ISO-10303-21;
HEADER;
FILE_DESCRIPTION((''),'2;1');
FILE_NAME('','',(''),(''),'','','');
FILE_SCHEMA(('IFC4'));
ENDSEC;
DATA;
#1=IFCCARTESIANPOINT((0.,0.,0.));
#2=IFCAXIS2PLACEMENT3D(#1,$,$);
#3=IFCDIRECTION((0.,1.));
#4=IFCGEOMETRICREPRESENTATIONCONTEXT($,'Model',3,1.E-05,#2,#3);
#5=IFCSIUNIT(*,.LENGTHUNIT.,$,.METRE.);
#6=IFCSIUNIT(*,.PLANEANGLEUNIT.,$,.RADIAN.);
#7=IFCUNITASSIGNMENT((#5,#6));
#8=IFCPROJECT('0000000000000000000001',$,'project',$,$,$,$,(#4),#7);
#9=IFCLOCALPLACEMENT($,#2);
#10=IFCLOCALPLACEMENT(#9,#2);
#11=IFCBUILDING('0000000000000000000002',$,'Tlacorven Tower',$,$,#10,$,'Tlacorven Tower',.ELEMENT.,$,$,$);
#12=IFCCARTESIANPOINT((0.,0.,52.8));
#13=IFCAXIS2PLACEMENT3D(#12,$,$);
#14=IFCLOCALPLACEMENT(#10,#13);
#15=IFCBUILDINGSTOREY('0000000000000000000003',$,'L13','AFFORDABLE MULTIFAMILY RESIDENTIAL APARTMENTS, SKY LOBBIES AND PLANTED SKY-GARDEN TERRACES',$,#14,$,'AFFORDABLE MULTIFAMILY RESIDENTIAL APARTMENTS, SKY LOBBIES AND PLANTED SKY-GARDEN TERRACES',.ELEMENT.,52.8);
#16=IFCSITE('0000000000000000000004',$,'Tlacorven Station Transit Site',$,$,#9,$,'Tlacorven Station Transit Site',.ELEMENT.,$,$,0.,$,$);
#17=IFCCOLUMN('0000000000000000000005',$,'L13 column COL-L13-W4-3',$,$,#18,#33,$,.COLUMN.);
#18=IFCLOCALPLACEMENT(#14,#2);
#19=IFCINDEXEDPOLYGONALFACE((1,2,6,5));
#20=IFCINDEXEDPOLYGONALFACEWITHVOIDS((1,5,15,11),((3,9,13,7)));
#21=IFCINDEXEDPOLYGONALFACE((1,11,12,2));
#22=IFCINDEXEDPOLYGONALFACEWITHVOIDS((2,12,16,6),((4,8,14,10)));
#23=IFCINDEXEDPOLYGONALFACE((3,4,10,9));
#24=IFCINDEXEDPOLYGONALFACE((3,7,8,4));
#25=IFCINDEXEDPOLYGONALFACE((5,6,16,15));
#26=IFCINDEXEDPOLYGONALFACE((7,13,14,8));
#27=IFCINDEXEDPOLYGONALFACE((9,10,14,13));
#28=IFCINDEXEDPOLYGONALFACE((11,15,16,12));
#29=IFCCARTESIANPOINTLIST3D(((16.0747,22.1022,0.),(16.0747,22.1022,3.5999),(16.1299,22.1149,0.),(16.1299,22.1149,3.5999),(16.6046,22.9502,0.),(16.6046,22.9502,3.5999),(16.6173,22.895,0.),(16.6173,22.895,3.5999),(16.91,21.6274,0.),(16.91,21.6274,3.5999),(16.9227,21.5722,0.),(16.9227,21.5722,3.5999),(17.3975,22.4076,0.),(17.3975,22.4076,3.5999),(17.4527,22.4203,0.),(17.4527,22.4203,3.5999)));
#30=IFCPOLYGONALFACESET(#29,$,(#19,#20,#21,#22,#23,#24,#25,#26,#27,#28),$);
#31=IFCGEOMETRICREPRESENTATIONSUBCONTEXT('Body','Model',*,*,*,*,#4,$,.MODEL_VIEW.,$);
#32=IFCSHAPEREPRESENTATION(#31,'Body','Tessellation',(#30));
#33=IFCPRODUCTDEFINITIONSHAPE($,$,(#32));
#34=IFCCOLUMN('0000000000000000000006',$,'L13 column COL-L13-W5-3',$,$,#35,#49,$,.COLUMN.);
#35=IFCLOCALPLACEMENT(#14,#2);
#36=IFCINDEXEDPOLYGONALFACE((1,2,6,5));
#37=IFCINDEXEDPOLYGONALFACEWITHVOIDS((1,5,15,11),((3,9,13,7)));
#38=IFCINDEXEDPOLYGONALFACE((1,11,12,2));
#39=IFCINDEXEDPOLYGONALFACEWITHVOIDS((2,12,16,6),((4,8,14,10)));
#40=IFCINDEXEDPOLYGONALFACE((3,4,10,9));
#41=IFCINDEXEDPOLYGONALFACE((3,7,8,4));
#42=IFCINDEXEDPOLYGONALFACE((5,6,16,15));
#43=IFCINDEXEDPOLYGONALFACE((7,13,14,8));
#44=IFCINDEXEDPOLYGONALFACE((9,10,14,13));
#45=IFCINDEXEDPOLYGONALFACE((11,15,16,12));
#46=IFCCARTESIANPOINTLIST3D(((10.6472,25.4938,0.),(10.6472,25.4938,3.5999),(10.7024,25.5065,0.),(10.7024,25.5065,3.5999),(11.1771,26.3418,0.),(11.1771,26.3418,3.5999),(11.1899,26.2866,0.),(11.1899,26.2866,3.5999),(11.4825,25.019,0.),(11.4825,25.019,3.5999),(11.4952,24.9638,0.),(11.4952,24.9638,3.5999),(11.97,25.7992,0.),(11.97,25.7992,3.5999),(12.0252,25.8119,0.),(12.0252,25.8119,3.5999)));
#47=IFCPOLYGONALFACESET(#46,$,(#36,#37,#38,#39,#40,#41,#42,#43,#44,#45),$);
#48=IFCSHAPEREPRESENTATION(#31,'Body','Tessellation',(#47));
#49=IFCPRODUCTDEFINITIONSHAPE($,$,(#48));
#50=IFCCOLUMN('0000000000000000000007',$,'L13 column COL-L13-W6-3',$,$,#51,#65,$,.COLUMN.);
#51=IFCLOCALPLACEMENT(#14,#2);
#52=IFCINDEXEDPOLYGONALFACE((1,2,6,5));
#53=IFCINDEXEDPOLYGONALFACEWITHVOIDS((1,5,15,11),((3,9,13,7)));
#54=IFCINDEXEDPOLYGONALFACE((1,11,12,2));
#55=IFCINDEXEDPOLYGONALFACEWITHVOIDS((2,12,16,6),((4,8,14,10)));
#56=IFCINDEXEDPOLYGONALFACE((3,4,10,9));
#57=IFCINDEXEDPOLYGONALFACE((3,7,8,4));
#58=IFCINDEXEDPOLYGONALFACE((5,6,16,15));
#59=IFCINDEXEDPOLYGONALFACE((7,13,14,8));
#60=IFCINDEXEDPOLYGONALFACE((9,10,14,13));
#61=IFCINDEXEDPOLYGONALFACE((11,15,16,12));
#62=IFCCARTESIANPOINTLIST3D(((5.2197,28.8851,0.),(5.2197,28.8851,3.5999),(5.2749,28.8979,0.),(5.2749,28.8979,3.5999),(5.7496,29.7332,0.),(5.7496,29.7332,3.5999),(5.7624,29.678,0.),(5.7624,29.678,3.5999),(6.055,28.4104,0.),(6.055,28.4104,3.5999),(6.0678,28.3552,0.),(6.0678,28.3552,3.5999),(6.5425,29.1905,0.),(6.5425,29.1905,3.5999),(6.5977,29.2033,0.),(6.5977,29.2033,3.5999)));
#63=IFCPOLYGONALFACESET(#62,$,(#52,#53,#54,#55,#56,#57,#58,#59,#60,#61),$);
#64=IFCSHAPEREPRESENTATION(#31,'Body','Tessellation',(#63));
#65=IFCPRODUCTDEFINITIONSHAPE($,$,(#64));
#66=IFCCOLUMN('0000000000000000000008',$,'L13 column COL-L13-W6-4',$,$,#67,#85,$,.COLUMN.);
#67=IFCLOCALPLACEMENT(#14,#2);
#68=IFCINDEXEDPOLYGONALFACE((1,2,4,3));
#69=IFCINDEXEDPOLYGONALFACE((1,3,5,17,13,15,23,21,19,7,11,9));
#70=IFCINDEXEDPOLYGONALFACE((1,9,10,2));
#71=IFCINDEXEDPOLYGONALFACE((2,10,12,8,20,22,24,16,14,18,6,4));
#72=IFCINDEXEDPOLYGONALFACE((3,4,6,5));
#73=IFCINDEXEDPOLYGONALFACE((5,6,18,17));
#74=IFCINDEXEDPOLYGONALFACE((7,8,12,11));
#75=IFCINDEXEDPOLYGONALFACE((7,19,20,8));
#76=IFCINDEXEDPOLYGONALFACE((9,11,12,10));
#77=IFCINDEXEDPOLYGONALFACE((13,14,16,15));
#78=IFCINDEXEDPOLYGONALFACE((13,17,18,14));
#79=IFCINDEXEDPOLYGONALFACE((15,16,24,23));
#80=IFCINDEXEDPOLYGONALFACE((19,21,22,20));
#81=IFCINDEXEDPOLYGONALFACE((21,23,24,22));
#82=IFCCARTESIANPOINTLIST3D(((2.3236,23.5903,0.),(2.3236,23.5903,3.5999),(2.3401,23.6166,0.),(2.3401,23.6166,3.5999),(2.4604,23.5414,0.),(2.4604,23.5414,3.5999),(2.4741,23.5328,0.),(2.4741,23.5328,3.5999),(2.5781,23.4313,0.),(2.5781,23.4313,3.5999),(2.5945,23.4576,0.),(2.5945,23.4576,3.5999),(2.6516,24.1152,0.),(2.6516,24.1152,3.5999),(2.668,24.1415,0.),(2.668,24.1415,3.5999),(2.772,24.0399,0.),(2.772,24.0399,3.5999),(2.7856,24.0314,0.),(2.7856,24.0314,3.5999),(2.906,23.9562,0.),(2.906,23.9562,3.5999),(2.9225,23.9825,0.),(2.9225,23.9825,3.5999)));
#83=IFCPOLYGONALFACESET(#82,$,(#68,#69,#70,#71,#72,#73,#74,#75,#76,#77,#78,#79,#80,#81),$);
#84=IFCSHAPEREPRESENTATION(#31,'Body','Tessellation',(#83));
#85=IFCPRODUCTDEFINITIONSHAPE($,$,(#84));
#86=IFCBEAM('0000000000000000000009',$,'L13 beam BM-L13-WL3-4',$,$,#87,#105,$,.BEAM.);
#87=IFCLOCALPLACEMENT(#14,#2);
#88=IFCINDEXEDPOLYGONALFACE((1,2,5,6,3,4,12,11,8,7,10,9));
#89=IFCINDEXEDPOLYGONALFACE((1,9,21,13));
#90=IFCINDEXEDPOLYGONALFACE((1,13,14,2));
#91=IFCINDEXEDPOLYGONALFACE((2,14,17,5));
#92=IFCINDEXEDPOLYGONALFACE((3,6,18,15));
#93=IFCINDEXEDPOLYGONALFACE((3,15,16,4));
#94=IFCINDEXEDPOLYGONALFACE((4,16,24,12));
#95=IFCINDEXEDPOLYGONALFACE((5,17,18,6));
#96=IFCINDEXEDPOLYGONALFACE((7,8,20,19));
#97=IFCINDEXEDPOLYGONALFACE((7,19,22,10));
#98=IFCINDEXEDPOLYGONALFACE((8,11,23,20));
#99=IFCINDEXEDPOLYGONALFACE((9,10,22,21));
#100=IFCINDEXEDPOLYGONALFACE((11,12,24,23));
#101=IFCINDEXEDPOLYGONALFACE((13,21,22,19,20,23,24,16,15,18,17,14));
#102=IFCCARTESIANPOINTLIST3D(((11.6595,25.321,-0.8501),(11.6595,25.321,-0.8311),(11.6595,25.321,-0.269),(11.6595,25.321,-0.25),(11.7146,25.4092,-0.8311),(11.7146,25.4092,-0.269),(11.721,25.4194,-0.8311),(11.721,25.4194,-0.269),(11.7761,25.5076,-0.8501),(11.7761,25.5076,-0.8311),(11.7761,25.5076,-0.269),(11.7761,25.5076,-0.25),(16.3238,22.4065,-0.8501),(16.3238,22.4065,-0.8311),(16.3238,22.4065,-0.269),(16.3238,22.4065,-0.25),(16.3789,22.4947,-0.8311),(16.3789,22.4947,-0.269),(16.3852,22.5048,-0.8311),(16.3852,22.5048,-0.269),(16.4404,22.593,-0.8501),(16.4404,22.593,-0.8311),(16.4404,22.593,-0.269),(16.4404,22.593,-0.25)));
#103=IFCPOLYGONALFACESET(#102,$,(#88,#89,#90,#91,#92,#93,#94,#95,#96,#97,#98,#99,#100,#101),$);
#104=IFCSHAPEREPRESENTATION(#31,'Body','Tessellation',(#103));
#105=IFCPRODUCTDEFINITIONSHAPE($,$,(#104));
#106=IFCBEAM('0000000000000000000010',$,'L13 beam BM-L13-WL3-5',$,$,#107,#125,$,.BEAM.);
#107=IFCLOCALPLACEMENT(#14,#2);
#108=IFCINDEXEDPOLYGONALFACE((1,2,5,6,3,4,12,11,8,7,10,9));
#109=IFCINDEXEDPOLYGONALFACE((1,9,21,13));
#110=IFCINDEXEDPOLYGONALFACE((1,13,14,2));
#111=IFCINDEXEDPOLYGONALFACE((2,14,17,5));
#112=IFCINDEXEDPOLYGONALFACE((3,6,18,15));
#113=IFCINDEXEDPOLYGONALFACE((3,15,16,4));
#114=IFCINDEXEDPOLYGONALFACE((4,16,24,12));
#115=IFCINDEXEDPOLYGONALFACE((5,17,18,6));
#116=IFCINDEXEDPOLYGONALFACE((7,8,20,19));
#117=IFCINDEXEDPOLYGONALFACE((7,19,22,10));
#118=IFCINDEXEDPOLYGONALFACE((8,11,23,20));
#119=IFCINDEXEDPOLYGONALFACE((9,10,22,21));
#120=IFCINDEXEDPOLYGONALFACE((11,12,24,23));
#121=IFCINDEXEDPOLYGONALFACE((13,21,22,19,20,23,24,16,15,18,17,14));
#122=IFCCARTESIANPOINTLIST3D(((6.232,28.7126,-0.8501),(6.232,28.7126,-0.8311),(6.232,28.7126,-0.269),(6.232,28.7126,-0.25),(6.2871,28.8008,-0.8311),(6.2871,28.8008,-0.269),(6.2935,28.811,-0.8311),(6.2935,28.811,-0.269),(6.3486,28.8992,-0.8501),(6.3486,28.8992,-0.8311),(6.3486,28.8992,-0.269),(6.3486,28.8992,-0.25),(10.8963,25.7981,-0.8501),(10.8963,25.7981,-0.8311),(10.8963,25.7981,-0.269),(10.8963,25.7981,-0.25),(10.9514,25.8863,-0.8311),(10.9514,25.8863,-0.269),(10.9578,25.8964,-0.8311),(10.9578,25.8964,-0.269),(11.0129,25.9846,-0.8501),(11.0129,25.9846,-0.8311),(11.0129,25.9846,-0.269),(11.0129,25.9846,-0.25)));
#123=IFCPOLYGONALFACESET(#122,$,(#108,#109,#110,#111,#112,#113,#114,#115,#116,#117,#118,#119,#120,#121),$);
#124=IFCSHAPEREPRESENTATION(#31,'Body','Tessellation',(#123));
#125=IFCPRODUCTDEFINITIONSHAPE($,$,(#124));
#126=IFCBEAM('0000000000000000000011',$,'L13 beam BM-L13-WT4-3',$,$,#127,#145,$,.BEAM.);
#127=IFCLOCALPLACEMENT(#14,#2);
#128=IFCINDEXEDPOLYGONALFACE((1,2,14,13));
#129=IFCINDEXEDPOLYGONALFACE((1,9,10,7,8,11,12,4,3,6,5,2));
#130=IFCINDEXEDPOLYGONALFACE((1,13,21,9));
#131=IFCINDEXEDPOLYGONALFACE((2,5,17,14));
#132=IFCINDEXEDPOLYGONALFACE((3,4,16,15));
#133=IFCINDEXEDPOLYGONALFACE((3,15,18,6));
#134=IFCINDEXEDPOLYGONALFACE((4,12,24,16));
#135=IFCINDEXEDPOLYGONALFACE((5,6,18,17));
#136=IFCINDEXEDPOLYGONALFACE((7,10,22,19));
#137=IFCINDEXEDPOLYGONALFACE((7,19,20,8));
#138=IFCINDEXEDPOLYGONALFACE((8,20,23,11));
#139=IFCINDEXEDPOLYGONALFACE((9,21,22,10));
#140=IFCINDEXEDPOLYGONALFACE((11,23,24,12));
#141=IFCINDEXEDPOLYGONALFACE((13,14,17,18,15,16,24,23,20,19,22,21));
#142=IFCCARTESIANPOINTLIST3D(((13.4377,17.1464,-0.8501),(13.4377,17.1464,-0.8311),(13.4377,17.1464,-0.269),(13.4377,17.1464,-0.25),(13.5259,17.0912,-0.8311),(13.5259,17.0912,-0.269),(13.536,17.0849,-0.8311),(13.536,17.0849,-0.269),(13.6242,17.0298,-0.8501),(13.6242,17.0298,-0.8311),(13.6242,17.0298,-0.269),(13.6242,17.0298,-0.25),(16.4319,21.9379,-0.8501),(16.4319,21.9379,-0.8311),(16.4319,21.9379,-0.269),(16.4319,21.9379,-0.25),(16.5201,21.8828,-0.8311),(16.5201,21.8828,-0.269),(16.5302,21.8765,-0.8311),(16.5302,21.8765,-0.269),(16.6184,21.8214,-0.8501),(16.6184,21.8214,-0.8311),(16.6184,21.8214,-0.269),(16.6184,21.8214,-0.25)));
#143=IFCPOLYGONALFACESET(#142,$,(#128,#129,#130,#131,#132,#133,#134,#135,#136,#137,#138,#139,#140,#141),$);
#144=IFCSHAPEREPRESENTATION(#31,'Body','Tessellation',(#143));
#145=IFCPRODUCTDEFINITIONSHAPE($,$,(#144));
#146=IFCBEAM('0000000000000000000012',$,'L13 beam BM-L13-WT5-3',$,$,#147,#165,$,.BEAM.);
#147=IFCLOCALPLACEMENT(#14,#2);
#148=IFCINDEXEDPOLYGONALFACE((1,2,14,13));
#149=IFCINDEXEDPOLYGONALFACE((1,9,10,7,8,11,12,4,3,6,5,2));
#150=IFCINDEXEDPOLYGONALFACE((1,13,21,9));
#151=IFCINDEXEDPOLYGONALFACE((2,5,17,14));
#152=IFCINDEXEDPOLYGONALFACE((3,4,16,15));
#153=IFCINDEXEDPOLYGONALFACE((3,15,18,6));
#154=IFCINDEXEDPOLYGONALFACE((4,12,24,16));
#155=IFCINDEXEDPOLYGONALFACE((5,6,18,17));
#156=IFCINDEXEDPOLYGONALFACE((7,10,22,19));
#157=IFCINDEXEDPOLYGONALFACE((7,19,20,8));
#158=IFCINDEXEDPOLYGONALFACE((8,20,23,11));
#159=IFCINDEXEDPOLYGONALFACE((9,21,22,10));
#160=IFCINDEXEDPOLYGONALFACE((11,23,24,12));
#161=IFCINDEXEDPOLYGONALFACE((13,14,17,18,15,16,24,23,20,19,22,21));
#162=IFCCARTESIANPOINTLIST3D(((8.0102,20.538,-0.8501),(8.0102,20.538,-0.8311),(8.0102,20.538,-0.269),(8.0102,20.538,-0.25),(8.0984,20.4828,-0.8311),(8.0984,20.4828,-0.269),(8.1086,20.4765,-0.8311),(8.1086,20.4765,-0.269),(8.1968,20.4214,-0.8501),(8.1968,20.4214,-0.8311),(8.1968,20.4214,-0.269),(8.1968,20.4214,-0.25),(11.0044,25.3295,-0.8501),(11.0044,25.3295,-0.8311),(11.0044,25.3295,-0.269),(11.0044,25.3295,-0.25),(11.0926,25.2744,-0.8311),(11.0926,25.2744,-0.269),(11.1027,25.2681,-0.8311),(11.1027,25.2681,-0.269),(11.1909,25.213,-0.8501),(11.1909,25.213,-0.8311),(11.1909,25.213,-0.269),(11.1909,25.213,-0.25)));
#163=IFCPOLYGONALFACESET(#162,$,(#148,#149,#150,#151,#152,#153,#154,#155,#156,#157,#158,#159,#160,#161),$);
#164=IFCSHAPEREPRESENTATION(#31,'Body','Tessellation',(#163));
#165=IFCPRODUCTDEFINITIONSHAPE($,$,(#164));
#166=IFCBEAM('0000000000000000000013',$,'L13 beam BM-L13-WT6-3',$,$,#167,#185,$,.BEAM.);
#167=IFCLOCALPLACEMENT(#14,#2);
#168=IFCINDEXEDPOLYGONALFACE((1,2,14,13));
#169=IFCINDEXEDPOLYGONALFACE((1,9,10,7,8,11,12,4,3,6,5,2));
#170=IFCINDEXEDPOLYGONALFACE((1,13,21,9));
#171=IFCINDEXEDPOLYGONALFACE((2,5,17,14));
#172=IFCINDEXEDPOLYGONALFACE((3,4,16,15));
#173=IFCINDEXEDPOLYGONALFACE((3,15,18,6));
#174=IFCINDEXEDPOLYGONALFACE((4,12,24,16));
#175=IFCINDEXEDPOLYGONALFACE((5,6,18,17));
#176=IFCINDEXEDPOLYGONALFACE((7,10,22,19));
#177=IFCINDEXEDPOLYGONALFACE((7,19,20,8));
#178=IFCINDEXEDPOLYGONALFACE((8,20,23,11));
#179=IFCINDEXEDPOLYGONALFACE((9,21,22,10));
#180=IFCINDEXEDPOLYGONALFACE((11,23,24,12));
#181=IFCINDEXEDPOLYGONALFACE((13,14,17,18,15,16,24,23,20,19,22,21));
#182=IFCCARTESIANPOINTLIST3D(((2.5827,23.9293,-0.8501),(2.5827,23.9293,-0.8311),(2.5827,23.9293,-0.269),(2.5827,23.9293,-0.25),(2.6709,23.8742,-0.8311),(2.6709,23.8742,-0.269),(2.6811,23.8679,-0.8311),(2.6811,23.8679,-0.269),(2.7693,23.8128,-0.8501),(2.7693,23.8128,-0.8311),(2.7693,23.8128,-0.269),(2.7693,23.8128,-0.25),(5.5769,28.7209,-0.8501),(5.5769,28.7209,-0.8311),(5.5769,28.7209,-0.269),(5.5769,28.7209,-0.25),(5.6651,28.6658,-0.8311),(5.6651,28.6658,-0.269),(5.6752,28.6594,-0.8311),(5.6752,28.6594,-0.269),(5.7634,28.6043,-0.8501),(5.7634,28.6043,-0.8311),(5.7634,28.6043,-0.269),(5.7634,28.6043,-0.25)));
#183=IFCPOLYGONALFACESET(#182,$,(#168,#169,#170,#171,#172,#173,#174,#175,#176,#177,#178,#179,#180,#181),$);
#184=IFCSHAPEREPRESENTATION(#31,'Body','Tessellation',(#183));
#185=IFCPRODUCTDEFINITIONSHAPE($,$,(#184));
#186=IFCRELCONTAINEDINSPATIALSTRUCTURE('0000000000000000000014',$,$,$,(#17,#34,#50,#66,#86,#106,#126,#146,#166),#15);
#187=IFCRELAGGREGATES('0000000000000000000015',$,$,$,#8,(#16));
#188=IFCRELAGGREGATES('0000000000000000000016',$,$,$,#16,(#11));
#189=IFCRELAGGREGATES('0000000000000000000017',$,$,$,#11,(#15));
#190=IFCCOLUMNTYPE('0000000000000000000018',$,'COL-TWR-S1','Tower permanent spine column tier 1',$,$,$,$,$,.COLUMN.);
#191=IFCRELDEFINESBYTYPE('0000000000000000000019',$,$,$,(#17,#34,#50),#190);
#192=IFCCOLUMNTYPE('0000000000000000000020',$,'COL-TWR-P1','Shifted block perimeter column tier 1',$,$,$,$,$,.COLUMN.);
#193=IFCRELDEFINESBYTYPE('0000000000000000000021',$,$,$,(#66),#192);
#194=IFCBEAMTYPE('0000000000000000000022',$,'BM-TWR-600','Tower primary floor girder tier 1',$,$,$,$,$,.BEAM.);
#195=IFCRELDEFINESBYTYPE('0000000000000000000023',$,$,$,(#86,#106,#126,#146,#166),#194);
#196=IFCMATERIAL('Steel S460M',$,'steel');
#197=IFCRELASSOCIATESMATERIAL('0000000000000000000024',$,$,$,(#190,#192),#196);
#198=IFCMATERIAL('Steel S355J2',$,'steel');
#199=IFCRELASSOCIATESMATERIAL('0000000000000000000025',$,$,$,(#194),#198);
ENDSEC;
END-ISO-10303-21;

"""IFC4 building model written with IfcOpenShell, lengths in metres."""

from ifc_helpers import new_model, si_unit, direction, frame, origin, origin_2d, place, context, subcontext, project, spatial, hollow_rectangle, i_section, extrude, source, transform, mapped, material, material_profile, profile_set, type_object, element, save


model = new_model("IFC4")

# Units and contexts
model_context = context("Model", 3, precision=1e-05, world=origin(), true_north=direction((0.0, 1.0)))
body_context = subcontext(model_context, "Body", "Model", "MODEL_VIEW")
ifc_project = project(units=[si_unit("LENGTHUNIT", "METRE"), si_unit("PLANEANGLEUNIT", "RADIAN")], contexts=[model_context])

# Site, building, storey
site_placement = place(None, origin())
site = spatial("IfcSite", under=ifc_project, at=site_placement, Name="Tlacorven Station Transit Site", LongName="Tlacorven Station Transit Site", CompositionType="ELEMENT", RefElevation=0.0)
building_placement = place(site_placement, origin())
building = spatial("IfcBuilding", under=site, at=building_placement, Name="Tlacorven Tower", LongName="Tlacorven Tower", CompositionType="ELEMENT")
storey_placement = place(building_placement, frame((0.0, 0.0, 52.8)))
storey = spatial("IfcBuildingStorey", under=building, at=storey_placement, Name="L13", Description="AFFORDABLE MULTIFAMILY RESIDENTIAL APARTMENTS, SKY LOBBIES AND PLANTED SKY-GARDEN TERRACES", LongName="AFFORDABLE MULTIFAMILY RESIDENTIAL APARTMENTS, SKY LOBBIES AND PLANTED SKY-GARDEN TERRACES", CompositionType="ELEMENT", Elevation=52.8)

# Columns
ifc_material_1 = material(Name="Steel S460M", Category="steel")
ifc_material_profile_1 = material_profile(ifc_material_1, hollow_rectangle(XDim=1.0, YDim=1.0, WallThickness=0.04, at=origin_2d()), Name="BOX 1000X1000X40")
ifc_profile_set_1 = profile_set([ifc_material_profile_1], Name="Steel S460M")
column_type_1 = type_object("IfcColumnType", Name="COL-TWR-S1", Description="Tower permanent spine column tier 1", PredefinedType="COLUMN", material=ifc_profile_set_1)
shared_shape_1 = source(origin(), body_context, "Body", "SweptSolid", [
    extrude(hollow_rectangle(XDim=1.0, YDim=1.0, WallThickness=0.04, at=origin_2d()), origin(), (0.0, 0.0, 1.0), 3.5999),
])
for number, where, z_axis, x_axis, name in (
    (1, (16.7637, 22.2612, 0.0), (0.0, 0.0, 1.0), (-0.848048, 0.529919, 0.0), "L13 column COL-L13-W4-3"),
    (2, (11.3362, 25.6528, 0.0), (0.0, 0.0, 1.0), (-0.848048, 0.529919, 0.0), "L13 column COL-L13-W5-3"),
    (3, (5.9087, 29.0442, 0.0), (0.0, 0.0, 1.0), (-0.848048, 0.529919, 0.0), "L13 column COL-L13-W6-3"),
):
    element("IfcColumn", number, at=place(storey_placement, frame(where, z_axis=z_axis, x_axis=x_axis)), inside=storey, type_object=column_type_1, Name=name, PredefinedType="COLUMN", context=body_context, shape_type="MappedRepresentation", body=[
        mapped(shared_shape_1, transform((0.0, 0.0, 0.0), scale=1.0)),
    ])
ifc_material_profile_2 = material_profile(ifc_material_1, i_section(OverallWidth=0.3, OverallDepth=0.6499, WebThickness=0.0161, FlangeThickness=0.031, at=origin_2d()), Name="HEB 650")
ifc_profile_set_2 = profile_set([ifc_material_profile_2], Name="Steel S460M")
column_type_2 = type_object("IfcColumnType", Name="COL-TWR-P1", Description="Shifted block perimeter column tier 1", PredefinedType="COLUMN", material=ifc_profile_set_2)
shared_shape_2 = source(origin(), body_context, "Body", "SweptSolid", [
    extrude(i_section(OverallWidth=0.3, OverallDepth=0.6499, WebThickness=0.0161, FlangeThickness=0.031, at=origin_2d()), origin(), (0.0, 0.0, 1.0), 3.5999),
])
column_placement = place(storey_placement, frame((2.623, 23.7864, 0.0), z_axis=(0.0, 0.0, 1.0), x_axis=(-0.848048, 0.529919, 0.0)))
element("IfcColumn", 4, at=column_placement, inside=storey, type_object=column_type_2, Name="L13 column COL-L13-W6-4", PredefinedType="COLUMN", context=body_context, shape_type="MappedRepresentation", body=[
    mapped(shared_shape_2, transform((0.0, 0.0, 0.0), scale=1.0)),
])

# Beams
ifc_material_2 = material(Name="Steel S355J2", Category="steel")
ifc_material_profile_3 = material_profile(ifc_material_2, i_section(OverallWidth=0.22, OverallDepth=0.6001, WebThickness=0.012, FlangeThickness=0.019, at=origin_2d()), Name="IPE 600")
ifc_profile_set_3 = profile_set([ifc_material_profile_3], Name="Steel S355J2")
beam_type_1 = type_object("IfcBeamType", Name="BM-TWR-600", Description="Tower primary floor girder tier 1", PredefinedType="BEAM", material=ifc_profile_set_3)
shared_shape_3 = source(origin(), body_context, "Body", "SweptSolid", [
    extrude(i_section(OverallWidth=0.22, OverallDepth=0.6001, WebThickness=0.012, FlangeThickness=0.019, at=origin_2d()), origin(), (0.0, 0.0, 1.0), 5.5),
])
for number, where, z_axis, x_axis, name in (
    (5, (16.3821, 22.4998, -0.55), (-0.848051, 0.529915, 0.0), (-0.529915, -0.848051, 0.0), "L13 beam BM-L13-WL3-4"),
    (6, (10.9546, 25.8914, -0.55), (-0.848051, 0.529915, 0.0), (-0.529915, -0.848051, 0.0), "L13 beam BM-L13-WL3-5"),
):
    element("IfcBeam", number, at=place(storey_placement, frame(where, z_axis=z_axis, x_axis=x_axis)), inside=storey, type_object=beam_type_1, Name=name, PredefinedType="BEAM", context=body_context, shape_type="MappedRepresentation", body=[
        mapped(shared_shape_3, transform((0.0, 0.0, 0.0), scale=1.0)),
    ])
shared_shape_4 = source(origin(), body_context, "Body", "SweptSolid", [
    extrude(i_section(OverallWidth=0.22, OverallDepth=0.6001, WebThickness=0.012, FlangeThickness=0.019, at=origin_2d()), origin(), (0.0, 0.0, 1.0), 5.6501),
])
for number, where, z_axis, x_axis, name in (
    (7, (16.5251, 21.8796, -0.55), (-0.529929, -0.848042, 0.0), (0.848042, -0.529929, 0.0), "L13 beam BM-L13-WT4-3"),
    (8, (11.0977, 25.2712, -0.55), (-0.529929, -0.848042, 0.0), (0.848042, -0.529929, 0.0), "L13 beam BM-L13-WT5-3"),
    (9, (5.6702, 28.6626, -0.55), (-0.529929, -0.848042, 0.0), (0.848042, -0.529929, 0.0), "L13 beam BM-L13-WT6-3"),
):
    element("IfcBeam", number, at=place(storey_placement, frame(where, z_axis=z_axis, x_axis=x_axis)), inside=storey, type_object=beam_type_1, Name=name, PredefinedType="BEAM", context=body_context, shape_type="MappedRepresentation", body=[
        mapped(shared_shape_4, transform((0.0, 0.0, 0.0), scale=1.0)),
    ])

save(model, "model.ifc")
